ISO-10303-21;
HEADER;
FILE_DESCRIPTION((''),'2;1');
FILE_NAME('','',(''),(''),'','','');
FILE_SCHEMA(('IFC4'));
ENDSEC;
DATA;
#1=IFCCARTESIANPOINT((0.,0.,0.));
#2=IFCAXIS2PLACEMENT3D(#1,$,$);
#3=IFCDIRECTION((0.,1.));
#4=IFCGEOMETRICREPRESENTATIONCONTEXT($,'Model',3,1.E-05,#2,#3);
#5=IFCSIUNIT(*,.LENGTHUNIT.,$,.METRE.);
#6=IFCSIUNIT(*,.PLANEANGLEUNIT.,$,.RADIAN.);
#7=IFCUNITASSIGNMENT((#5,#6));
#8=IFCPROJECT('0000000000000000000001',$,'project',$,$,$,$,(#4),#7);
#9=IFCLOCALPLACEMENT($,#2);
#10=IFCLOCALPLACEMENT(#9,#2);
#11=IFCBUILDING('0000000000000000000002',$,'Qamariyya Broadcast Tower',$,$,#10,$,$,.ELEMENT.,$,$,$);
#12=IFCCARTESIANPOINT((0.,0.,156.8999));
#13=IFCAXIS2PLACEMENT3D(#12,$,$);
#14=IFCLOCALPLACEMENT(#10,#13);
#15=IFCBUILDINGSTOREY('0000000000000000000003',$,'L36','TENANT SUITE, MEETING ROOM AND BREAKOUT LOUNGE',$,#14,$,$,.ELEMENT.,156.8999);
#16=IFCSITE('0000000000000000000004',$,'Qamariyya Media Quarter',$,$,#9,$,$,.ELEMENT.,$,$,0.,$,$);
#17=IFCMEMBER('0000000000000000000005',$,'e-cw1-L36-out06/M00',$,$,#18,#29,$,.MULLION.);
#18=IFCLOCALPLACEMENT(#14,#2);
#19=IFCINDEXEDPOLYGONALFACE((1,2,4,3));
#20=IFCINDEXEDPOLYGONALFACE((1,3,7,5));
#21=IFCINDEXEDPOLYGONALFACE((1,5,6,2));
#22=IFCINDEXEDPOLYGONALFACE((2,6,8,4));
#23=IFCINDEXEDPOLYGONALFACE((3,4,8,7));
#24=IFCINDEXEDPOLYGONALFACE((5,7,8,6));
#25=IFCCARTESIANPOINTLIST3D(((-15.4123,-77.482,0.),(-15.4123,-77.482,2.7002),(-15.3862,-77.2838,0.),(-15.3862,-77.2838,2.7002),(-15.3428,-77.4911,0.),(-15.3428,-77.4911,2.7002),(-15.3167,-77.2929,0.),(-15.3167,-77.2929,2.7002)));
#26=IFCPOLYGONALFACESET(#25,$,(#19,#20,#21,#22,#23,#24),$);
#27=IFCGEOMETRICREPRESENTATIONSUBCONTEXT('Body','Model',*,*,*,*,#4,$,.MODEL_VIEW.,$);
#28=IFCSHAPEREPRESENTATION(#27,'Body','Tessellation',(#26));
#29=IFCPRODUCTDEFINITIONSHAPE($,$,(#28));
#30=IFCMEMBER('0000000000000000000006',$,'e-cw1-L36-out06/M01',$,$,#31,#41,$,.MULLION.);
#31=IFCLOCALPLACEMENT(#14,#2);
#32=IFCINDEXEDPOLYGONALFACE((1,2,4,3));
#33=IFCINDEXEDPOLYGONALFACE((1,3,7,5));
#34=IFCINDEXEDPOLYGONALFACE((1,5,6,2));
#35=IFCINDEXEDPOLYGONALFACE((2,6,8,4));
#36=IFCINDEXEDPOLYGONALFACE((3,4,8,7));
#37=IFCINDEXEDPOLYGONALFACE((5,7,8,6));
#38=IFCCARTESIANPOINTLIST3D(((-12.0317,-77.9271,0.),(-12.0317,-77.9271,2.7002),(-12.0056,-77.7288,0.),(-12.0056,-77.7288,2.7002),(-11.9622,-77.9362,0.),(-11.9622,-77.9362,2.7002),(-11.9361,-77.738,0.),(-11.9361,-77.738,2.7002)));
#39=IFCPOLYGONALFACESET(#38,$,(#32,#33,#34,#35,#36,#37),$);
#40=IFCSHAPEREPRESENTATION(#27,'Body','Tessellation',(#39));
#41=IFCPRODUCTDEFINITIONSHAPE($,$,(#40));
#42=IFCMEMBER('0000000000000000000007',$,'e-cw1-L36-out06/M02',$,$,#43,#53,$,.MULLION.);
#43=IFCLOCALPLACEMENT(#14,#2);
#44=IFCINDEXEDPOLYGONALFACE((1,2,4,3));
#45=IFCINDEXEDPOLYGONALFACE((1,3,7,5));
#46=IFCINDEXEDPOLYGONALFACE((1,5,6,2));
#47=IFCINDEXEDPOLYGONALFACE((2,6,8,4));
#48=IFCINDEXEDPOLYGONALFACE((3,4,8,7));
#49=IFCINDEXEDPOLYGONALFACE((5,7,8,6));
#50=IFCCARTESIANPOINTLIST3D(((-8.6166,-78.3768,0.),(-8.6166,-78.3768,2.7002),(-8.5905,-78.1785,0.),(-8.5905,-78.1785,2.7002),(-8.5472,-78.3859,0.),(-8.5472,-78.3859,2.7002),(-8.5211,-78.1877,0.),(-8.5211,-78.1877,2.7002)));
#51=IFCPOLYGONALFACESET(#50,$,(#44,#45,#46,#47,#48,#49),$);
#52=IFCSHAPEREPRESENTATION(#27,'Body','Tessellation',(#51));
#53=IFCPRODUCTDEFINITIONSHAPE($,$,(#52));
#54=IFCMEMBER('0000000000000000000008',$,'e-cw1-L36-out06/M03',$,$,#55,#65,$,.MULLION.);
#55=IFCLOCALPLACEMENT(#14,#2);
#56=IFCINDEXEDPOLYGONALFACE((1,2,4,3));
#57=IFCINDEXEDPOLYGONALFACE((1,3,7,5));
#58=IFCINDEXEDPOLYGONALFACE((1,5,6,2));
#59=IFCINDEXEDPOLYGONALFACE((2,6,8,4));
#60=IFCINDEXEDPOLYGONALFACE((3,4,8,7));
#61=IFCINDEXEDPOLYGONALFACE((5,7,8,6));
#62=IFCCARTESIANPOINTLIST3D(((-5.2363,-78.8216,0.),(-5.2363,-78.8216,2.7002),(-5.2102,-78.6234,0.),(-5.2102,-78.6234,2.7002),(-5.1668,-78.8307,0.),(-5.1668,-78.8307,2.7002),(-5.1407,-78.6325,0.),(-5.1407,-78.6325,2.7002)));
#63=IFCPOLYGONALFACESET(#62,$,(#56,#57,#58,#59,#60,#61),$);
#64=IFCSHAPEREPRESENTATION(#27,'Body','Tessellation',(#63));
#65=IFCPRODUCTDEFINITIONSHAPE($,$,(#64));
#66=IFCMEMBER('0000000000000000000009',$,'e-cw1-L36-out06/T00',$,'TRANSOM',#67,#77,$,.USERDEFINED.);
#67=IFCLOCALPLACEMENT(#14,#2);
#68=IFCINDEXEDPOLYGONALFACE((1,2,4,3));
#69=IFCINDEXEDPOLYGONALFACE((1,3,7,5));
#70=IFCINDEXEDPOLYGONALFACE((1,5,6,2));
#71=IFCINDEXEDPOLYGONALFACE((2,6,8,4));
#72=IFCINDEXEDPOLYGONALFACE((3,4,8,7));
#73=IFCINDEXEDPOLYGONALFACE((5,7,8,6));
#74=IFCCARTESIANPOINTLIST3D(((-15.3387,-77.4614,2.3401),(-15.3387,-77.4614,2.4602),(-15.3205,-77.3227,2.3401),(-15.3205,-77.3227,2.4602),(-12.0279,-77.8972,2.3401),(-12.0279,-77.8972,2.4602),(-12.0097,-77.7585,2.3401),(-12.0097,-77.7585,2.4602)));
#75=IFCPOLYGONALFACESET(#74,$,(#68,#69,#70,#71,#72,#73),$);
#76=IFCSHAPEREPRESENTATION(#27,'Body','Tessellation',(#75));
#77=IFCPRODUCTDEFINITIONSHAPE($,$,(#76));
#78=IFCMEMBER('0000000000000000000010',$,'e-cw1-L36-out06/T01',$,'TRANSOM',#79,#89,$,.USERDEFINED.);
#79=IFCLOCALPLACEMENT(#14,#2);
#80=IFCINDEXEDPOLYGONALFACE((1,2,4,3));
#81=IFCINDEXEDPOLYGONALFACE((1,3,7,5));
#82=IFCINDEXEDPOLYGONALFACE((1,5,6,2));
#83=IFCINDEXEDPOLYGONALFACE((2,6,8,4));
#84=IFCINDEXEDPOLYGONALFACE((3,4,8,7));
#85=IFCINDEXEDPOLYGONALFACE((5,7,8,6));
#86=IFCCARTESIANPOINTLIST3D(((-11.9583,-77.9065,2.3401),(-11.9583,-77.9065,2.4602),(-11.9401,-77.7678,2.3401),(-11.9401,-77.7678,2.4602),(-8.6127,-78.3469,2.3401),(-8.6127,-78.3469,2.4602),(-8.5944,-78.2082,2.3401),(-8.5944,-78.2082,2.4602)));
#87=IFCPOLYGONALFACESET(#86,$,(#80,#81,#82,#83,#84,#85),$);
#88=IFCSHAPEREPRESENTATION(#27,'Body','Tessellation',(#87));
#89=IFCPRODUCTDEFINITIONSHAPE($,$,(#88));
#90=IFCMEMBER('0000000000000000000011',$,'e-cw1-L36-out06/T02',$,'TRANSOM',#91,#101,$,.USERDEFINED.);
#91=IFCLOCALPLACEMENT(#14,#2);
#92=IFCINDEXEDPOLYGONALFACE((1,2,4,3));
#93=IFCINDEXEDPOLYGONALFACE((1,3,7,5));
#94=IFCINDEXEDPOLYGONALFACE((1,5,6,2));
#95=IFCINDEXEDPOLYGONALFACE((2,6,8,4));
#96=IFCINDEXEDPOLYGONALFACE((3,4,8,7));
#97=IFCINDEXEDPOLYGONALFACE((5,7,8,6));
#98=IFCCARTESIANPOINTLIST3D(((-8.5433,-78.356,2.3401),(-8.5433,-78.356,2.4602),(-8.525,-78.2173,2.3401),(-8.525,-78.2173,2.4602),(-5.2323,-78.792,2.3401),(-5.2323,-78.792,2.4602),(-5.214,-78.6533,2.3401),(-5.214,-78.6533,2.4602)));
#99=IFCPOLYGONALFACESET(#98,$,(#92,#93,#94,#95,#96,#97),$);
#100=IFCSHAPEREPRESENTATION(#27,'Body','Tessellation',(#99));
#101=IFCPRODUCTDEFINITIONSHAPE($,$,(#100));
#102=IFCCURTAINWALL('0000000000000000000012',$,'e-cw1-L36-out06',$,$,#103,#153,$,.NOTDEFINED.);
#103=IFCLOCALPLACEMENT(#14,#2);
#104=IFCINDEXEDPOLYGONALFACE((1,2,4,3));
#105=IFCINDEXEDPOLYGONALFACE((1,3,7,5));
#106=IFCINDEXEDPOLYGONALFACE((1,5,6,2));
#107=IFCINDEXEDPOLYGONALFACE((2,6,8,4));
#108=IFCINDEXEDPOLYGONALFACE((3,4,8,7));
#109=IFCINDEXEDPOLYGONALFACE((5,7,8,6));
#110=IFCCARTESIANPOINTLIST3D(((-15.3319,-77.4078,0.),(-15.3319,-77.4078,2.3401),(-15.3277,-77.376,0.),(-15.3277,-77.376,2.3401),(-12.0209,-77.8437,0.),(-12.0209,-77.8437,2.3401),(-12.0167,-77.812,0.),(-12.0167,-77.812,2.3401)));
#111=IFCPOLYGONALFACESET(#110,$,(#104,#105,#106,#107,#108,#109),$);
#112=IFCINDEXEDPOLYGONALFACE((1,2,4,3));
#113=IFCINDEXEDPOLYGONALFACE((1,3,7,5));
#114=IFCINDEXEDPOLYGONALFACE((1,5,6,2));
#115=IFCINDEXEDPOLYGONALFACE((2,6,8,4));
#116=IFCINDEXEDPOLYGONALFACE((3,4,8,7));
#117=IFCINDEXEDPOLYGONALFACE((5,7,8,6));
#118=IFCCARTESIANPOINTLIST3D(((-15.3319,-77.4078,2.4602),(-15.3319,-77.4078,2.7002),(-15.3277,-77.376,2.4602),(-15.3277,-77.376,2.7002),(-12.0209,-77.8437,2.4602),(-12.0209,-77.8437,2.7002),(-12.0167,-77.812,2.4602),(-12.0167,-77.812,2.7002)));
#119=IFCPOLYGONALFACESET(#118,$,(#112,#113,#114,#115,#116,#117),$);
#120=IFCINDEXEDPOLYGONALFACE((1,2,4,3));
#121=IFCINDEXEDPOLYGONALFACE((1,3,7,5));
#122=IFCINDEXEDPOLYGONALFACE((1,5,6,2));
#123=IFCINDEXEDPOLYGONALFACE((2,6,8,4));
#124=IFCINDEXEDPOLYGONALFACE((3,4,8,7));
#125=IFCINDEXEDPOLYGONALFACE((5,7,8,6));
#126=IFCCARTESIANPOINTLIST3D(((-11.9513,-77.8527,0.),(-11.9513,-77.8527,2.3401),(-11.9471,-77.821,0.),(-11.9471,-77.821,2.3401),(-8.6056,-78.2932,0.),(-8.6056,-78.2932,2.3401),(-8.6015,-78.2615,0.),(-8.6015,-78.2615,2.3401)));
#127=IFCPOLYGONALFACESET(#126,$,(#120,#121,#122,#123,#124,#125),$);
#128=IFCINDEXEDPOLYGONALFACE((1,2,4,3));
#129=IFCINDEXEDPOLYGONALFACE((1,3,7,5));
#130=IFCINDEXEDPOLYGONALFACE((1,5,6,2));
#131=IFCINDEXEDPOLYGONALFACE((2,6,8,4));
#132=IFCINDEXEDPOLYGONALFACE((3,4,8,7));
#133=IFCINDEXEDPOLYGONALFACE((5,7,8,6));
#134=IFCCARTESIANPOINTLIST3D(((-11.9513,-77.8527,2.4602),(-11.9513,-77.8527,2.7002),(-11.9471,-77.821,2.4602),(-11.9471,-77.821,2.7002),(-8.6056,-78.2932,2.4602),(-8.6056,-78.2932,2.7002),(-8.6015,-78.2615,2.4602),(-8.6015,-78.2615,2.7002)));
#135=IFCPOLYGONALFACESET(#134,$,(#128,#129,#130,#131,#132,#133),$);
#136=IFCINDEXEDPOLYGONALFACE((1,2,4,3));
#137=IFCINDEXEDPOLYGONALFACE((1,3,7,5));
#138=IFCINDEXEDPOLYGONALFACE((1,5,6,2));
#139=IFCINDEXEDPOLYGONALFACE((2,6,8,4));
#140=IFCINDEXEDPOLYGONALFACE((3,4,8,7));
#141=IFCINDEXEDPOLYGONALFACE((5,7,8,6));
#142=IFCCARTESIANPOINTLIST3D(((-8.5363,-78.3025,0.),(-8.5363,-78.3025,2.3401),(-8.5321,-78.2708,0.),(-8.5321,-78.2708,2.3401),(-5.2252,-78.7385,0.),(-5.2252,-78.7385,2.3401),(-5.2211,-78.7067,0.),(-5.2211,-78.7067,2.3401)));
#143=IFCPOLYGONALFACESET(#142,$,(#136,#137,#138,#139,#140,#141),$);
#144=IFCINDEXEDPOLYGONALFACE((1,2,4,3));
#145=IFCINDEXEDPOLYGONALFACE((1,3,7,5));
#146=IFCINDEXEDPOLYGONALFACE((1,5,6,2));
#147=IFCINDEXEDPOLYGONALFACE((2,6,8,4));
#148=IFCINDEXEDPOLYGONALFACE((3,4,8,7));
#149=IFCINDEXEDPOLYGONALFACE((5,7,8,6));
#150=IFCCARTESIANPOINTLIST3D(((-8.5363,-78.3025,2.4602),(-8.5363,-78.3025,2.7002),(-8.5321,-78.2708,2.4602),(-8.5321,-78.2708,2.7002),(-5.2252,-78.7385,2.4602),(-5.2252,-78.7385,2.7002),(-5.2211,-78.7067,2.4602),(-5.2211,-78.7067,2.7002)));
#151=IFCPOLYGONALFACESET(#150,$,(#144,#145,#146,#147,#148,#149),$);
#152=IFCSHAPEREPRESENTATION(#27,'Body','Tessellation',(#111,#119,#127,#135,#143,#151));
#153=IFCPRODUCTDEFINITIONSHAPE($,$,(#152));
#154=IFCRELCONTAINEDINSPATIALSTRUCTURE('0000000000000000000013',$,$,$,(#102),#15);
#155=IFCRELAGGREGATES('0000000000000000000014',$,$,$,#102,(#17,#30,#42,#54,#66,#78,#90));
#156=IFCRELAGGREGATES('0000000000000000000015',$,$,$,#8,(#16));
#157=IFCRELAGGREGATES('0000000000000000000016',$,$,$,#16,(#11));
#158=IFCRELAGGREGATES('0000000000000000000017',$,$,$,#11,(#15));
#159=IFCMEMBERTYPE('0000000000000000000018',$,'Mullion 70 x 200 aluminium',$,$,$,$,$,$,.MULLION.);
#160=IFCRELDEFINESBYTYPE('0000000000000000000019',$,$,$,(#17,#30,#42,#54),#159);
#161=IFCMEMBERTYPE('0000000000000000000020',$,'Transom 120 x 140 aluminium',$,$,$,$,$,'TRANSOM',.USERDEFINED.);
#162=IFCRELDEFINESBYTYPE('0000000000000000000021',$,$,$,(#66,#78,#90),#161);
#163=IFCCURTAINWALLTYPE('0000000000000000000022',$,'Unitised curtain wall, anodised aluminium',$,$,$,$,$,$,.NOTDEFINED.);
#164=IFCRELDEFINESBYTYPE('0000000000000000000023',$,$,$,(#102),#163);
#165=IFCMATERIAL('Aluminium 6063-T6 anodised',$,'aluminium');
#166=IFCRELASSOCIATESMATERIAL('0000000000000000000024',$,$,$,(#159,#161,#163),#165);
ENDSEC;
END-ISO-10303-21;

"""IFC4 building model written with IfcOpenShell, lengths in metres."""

from ifc_helpers import new_model, si_unit, direction, frame, origin, origin_2d, place, context, subcontext, project, spatial, rectangle, extrude, material, material_profile, profile_set, type_object, element, aggregate, save


model = new_model("IFC4")

# Units and contexts
model_context = context("Model", 3, precision=1e-05, world=origin(), true_north=direction((0.0, 1.0)))
body_context = subcontext(model_context, "Body", "Model", "MODEL_VIEW")
ifc_project = project(units=[si_unit("LENGTHUNIT", "METRE"), si_unit("PLANEANGLEUNIT", "RADIAN")], contexts=[model_context])

# Members
ifc_material = material(Name="Aluminium 6063-T6 anodised", Category="aluminium")
ifc_material_profile_1 = material_profile(ifc_material, rectangle(XDim=0.2, YDim=0.0701, at=origin_2d()))
ifc_profile_set_1 = profile_set([ifc_material_profile_1], Name="Aluminium 6063-T6 anodised")
member_type_1 = type_object("IfcMemberType", Name="Mullion 70 x 200 aluminium", PredefinedType="MULLION", material=ifc_profile_set_1)
site_placement = place(None, origin())
building_placement = place(site_placement, origin())
storey_placement = place(building_placement, frame((0.0, 0.0, 156.8999)))
member_1_placement = place(storey_placement, frame((-15.3645, -77.3875, 0.0), z_axis=(0.0, 0.0, 1.0), x_axis=(0.130526, 0.991445, 0.0)))
member_1 = element("IfcMember", 1, at=member_1_placement, type_object=member_type_1, Name="e-cw1-L36-out06/M00", PredefinedType="MULLION", context=body_context, shape_type="SweptSolid", body=[
    extrude(rectangle(XDim=0.2, YDim=0.0701, at=origin_2d()), origin(), (0.0, 0.0, 1.0), 2.7002),
])
member_2_placement = place(storey_placement, frame((-11.9839, -77.8325, 0.0), z_axis=(0.0, 0.0, 1.0), x_axis=(0.130526, 0.991445, 0.0)))
member_2 = element("IfcMember", 2, at=member_2_placement, type_object=member_type_1, Name="e-cw1-L36-out06/M01", PredefinedType="MULLION", context=body_context, shape_type="SweptSolid", body=[
    extrude(rectangle(XDim=0.2, YDim=0.0701, at=origin_2d()), origin(), (0.0, 0.0, 1.0), 2.7002),
])
member_3_placement = place(storey_placement, frame((-8.5688, -78.2822, 0.0), z_axis=(0.0, 0.0, 1.0), x_axis=(0.130526, 0.991445, 0.0)))
member_3 = element("IfcMember", 3, at=member_3_placement, type_object=member_type_1, Name="e-cw1-L36-out06/M02", PredefinedType="MULLION", context=body_context, shape_type="SweptSolid", body=[
    extrude(rectangle(XDim=0.2, YDim=0.0701, at=origin_2d()), origin(), (0.0, 0.0, 1.0), 2.7002),
])
member_4_placement = place(storey_placement, frame((-5.1885, -78.7271, 0.0), z_axis=(0.0, 0.0, 1.0), x_axis=(0.130526, 0.991445, 0.0)))
member_4 = element("IfcMember", 4, at=member_4_placement, type_object=member_type_1, Name="e-cw1-L36-out06/M03", PredefinedType="MULLION", context=body_context, shape_type="SweptSolid", body=[
    extrude(rectangle(XDim=0.2, YDim=0.0701, at=origin_2d()), origin(), (0.0, 0.0, 1.0), 2.7002),
])
ifc_material_profile_2 = material_profile(ifc_material, rectangle(XDim=0.1399, YDim=0.1201, at=origin_2d()))
ifc_profile_set_2 = profile_set([ifc_material_profile_2], Name="Aluminium 6063-T6 anodised")
member_type_2 = type_object("IfcMemberType", Name="Transom 120 x 140 aluminium", ElementType="TRANSOM", PredefinedType="USERDEFINED", material=ifc_profile_set_2)
member_5_placement = place(storey_placement, frame((-15.3296, -77.3921, 2.4001), z_axis=(0.991448, -0.130502, 0.0), x_axis=(0.130502, 0.991448, 0.0)))
member_5 = element("IfcMember", 5, at=member_5_placement, type_object=member_type_2, Name="e-cw1-L36-out06/T00", ObjectType="TRANSOM", PredefinedType="USERDEFINED", context=body_context, shape_type="SweptSolid", body=[
    extrude(rectangle(XDim=0.1399, YDim=0.1201, at=origin_2d()), origin(), (0.0, 0.0, 1.0), 3.3394),
])
member_6_placement = place(storey_placement, frame((-11.9492, -77.8372, 2.4001), z_axis=(0.991446, -0.130514, 0.0), x_axis=(0.130514, 0.991446, 0.0)))
member_6 = element("IfcMember", 6, at=member_6_placement, type_object=member_type_2, Name="e-cw1-L36-out06/T01", ObjectType="TRANSOM", PredefinedType="USERDEFINED", context=body_context, shape_type="SweptSolid", body=[
    extrude(rectangle(XDim=0.1399, YDim=0.1201, at=origin_2d()), origin(), (0.0, 0.0, 1.0), 3.3745),
])
member_7_placement = place(storey_placement, frame((-8.5342, -78.2866, 2.4001), z_axis=(0.99144, -0.130564, 0.0), x_axis=(0.130564, 0.99144, 0.0)))
member_7 = element("IfcMember", 7, at=member_7_placement, type_object=member_type_2, Name="e-cw1-L36-out06/T02", ObjectType="TRANSOM", PredefinedType="USERDEFINED", context=body_context, shape_type="SweptSolid", body=[
    extrude(rectangle(XDim=0.1399, YDim=0.1201, at=origin_2d()), origin(), (0.0, 0.0, 1.0), 3.3396),
])

# Site, building, storey
site = spatial("IfcSite", under=ifc_project, at=site_placement, Name="Qamariyya Media Quarter", CompositionType="ELEMENT", RefElevation=0.0)
building = spatial("IfcBuilding", under=site, at=building_placement, Name="Qamariyya Broadcast Tower", CompositionType="ELEMENT")
storey = spatial("IfcBuildingStorey", under=building, at=storey_placement, Name="L36", Description="TENANT SUITE, MEETING ROOM AND BREAKOUT LOUNGE", CompositionType="ELEMENT", Elevation=156.8999)

# Curtain wall
curtain_wall_type = type_object("IfcCurtainWallType", Name="Unitised curtain wall, anodised aluminium", PredefinedType="NOTDEFINED", material=ifc_material)
curtain_wall_1_placement = place(storey_placement, origin())
curtain_wall_1 = element("IfcCurtainWall", 8, at=curtain_wall_1_placement, inside=storey, type_object=curtain_wall_type, Name="e-cw1-L36-out06", PredefinedType="NOTDEFINED", context=body_context, shape_type="SweptSolid", body=[
    extrude(rectangle(XDim=3.3396, YDim=0.032, at=origin_2d()), frame((-13.6743, -77.6099, 0.0), x_axis=(0.991444, -0.130531, 0.0)), (0.0, 0.0, 1.0), 2.3401),
    extrude(rectangle(XDim=3.3396, YDim=0.032, at=origin_2d()), frame((-13.6743, -77.6099, 2.4602), x_axis=(0.991444, -0.130531, 0.0)), (0.0, 0.0, 1.0), 0.24),
    extrude(rectangle(XDim=3.3745, YDim=0.032, at=origin_2d()), frame((-10.2764, -78.0571, 0.0), x_axis=(0.991444, -0.130531, 0.0)), (0.0, 0.0, 1.0), 2.3401),
    extrude(rectangle(XDim=3.3745, YDim=0.032, at=origin_2d()), frame((-10.2764, -78.0571, 2.4602), x_axis=(0.991444, -0.130531, 0.0)), (0.0, 0.0, 1.0), 0.24),
    extrude(rectangle(XDim=3.3396, YDim=0.032, at=origin_2d()), frame((-6.8787, -78.5046, 0.0), x_axis=(0.991444, -0.130531, 0.0)), (0.0, 0.0, 1.0), 2.3401),
    extrude(rectangle(XDim=3.3396, YDim=0.032, at=origin_2d()), frame((-6.8787, -78.5046, 2.4602), x_axis=(0.991444, -0.130531, 0.0)), (0.0, 0.0, 1.0), 0.24),
])
aggregate(curtain_wall_1, [member_1, member_2, member_3, member_4, member_5, member_6, member_7])

save(model, "model.ifc")
